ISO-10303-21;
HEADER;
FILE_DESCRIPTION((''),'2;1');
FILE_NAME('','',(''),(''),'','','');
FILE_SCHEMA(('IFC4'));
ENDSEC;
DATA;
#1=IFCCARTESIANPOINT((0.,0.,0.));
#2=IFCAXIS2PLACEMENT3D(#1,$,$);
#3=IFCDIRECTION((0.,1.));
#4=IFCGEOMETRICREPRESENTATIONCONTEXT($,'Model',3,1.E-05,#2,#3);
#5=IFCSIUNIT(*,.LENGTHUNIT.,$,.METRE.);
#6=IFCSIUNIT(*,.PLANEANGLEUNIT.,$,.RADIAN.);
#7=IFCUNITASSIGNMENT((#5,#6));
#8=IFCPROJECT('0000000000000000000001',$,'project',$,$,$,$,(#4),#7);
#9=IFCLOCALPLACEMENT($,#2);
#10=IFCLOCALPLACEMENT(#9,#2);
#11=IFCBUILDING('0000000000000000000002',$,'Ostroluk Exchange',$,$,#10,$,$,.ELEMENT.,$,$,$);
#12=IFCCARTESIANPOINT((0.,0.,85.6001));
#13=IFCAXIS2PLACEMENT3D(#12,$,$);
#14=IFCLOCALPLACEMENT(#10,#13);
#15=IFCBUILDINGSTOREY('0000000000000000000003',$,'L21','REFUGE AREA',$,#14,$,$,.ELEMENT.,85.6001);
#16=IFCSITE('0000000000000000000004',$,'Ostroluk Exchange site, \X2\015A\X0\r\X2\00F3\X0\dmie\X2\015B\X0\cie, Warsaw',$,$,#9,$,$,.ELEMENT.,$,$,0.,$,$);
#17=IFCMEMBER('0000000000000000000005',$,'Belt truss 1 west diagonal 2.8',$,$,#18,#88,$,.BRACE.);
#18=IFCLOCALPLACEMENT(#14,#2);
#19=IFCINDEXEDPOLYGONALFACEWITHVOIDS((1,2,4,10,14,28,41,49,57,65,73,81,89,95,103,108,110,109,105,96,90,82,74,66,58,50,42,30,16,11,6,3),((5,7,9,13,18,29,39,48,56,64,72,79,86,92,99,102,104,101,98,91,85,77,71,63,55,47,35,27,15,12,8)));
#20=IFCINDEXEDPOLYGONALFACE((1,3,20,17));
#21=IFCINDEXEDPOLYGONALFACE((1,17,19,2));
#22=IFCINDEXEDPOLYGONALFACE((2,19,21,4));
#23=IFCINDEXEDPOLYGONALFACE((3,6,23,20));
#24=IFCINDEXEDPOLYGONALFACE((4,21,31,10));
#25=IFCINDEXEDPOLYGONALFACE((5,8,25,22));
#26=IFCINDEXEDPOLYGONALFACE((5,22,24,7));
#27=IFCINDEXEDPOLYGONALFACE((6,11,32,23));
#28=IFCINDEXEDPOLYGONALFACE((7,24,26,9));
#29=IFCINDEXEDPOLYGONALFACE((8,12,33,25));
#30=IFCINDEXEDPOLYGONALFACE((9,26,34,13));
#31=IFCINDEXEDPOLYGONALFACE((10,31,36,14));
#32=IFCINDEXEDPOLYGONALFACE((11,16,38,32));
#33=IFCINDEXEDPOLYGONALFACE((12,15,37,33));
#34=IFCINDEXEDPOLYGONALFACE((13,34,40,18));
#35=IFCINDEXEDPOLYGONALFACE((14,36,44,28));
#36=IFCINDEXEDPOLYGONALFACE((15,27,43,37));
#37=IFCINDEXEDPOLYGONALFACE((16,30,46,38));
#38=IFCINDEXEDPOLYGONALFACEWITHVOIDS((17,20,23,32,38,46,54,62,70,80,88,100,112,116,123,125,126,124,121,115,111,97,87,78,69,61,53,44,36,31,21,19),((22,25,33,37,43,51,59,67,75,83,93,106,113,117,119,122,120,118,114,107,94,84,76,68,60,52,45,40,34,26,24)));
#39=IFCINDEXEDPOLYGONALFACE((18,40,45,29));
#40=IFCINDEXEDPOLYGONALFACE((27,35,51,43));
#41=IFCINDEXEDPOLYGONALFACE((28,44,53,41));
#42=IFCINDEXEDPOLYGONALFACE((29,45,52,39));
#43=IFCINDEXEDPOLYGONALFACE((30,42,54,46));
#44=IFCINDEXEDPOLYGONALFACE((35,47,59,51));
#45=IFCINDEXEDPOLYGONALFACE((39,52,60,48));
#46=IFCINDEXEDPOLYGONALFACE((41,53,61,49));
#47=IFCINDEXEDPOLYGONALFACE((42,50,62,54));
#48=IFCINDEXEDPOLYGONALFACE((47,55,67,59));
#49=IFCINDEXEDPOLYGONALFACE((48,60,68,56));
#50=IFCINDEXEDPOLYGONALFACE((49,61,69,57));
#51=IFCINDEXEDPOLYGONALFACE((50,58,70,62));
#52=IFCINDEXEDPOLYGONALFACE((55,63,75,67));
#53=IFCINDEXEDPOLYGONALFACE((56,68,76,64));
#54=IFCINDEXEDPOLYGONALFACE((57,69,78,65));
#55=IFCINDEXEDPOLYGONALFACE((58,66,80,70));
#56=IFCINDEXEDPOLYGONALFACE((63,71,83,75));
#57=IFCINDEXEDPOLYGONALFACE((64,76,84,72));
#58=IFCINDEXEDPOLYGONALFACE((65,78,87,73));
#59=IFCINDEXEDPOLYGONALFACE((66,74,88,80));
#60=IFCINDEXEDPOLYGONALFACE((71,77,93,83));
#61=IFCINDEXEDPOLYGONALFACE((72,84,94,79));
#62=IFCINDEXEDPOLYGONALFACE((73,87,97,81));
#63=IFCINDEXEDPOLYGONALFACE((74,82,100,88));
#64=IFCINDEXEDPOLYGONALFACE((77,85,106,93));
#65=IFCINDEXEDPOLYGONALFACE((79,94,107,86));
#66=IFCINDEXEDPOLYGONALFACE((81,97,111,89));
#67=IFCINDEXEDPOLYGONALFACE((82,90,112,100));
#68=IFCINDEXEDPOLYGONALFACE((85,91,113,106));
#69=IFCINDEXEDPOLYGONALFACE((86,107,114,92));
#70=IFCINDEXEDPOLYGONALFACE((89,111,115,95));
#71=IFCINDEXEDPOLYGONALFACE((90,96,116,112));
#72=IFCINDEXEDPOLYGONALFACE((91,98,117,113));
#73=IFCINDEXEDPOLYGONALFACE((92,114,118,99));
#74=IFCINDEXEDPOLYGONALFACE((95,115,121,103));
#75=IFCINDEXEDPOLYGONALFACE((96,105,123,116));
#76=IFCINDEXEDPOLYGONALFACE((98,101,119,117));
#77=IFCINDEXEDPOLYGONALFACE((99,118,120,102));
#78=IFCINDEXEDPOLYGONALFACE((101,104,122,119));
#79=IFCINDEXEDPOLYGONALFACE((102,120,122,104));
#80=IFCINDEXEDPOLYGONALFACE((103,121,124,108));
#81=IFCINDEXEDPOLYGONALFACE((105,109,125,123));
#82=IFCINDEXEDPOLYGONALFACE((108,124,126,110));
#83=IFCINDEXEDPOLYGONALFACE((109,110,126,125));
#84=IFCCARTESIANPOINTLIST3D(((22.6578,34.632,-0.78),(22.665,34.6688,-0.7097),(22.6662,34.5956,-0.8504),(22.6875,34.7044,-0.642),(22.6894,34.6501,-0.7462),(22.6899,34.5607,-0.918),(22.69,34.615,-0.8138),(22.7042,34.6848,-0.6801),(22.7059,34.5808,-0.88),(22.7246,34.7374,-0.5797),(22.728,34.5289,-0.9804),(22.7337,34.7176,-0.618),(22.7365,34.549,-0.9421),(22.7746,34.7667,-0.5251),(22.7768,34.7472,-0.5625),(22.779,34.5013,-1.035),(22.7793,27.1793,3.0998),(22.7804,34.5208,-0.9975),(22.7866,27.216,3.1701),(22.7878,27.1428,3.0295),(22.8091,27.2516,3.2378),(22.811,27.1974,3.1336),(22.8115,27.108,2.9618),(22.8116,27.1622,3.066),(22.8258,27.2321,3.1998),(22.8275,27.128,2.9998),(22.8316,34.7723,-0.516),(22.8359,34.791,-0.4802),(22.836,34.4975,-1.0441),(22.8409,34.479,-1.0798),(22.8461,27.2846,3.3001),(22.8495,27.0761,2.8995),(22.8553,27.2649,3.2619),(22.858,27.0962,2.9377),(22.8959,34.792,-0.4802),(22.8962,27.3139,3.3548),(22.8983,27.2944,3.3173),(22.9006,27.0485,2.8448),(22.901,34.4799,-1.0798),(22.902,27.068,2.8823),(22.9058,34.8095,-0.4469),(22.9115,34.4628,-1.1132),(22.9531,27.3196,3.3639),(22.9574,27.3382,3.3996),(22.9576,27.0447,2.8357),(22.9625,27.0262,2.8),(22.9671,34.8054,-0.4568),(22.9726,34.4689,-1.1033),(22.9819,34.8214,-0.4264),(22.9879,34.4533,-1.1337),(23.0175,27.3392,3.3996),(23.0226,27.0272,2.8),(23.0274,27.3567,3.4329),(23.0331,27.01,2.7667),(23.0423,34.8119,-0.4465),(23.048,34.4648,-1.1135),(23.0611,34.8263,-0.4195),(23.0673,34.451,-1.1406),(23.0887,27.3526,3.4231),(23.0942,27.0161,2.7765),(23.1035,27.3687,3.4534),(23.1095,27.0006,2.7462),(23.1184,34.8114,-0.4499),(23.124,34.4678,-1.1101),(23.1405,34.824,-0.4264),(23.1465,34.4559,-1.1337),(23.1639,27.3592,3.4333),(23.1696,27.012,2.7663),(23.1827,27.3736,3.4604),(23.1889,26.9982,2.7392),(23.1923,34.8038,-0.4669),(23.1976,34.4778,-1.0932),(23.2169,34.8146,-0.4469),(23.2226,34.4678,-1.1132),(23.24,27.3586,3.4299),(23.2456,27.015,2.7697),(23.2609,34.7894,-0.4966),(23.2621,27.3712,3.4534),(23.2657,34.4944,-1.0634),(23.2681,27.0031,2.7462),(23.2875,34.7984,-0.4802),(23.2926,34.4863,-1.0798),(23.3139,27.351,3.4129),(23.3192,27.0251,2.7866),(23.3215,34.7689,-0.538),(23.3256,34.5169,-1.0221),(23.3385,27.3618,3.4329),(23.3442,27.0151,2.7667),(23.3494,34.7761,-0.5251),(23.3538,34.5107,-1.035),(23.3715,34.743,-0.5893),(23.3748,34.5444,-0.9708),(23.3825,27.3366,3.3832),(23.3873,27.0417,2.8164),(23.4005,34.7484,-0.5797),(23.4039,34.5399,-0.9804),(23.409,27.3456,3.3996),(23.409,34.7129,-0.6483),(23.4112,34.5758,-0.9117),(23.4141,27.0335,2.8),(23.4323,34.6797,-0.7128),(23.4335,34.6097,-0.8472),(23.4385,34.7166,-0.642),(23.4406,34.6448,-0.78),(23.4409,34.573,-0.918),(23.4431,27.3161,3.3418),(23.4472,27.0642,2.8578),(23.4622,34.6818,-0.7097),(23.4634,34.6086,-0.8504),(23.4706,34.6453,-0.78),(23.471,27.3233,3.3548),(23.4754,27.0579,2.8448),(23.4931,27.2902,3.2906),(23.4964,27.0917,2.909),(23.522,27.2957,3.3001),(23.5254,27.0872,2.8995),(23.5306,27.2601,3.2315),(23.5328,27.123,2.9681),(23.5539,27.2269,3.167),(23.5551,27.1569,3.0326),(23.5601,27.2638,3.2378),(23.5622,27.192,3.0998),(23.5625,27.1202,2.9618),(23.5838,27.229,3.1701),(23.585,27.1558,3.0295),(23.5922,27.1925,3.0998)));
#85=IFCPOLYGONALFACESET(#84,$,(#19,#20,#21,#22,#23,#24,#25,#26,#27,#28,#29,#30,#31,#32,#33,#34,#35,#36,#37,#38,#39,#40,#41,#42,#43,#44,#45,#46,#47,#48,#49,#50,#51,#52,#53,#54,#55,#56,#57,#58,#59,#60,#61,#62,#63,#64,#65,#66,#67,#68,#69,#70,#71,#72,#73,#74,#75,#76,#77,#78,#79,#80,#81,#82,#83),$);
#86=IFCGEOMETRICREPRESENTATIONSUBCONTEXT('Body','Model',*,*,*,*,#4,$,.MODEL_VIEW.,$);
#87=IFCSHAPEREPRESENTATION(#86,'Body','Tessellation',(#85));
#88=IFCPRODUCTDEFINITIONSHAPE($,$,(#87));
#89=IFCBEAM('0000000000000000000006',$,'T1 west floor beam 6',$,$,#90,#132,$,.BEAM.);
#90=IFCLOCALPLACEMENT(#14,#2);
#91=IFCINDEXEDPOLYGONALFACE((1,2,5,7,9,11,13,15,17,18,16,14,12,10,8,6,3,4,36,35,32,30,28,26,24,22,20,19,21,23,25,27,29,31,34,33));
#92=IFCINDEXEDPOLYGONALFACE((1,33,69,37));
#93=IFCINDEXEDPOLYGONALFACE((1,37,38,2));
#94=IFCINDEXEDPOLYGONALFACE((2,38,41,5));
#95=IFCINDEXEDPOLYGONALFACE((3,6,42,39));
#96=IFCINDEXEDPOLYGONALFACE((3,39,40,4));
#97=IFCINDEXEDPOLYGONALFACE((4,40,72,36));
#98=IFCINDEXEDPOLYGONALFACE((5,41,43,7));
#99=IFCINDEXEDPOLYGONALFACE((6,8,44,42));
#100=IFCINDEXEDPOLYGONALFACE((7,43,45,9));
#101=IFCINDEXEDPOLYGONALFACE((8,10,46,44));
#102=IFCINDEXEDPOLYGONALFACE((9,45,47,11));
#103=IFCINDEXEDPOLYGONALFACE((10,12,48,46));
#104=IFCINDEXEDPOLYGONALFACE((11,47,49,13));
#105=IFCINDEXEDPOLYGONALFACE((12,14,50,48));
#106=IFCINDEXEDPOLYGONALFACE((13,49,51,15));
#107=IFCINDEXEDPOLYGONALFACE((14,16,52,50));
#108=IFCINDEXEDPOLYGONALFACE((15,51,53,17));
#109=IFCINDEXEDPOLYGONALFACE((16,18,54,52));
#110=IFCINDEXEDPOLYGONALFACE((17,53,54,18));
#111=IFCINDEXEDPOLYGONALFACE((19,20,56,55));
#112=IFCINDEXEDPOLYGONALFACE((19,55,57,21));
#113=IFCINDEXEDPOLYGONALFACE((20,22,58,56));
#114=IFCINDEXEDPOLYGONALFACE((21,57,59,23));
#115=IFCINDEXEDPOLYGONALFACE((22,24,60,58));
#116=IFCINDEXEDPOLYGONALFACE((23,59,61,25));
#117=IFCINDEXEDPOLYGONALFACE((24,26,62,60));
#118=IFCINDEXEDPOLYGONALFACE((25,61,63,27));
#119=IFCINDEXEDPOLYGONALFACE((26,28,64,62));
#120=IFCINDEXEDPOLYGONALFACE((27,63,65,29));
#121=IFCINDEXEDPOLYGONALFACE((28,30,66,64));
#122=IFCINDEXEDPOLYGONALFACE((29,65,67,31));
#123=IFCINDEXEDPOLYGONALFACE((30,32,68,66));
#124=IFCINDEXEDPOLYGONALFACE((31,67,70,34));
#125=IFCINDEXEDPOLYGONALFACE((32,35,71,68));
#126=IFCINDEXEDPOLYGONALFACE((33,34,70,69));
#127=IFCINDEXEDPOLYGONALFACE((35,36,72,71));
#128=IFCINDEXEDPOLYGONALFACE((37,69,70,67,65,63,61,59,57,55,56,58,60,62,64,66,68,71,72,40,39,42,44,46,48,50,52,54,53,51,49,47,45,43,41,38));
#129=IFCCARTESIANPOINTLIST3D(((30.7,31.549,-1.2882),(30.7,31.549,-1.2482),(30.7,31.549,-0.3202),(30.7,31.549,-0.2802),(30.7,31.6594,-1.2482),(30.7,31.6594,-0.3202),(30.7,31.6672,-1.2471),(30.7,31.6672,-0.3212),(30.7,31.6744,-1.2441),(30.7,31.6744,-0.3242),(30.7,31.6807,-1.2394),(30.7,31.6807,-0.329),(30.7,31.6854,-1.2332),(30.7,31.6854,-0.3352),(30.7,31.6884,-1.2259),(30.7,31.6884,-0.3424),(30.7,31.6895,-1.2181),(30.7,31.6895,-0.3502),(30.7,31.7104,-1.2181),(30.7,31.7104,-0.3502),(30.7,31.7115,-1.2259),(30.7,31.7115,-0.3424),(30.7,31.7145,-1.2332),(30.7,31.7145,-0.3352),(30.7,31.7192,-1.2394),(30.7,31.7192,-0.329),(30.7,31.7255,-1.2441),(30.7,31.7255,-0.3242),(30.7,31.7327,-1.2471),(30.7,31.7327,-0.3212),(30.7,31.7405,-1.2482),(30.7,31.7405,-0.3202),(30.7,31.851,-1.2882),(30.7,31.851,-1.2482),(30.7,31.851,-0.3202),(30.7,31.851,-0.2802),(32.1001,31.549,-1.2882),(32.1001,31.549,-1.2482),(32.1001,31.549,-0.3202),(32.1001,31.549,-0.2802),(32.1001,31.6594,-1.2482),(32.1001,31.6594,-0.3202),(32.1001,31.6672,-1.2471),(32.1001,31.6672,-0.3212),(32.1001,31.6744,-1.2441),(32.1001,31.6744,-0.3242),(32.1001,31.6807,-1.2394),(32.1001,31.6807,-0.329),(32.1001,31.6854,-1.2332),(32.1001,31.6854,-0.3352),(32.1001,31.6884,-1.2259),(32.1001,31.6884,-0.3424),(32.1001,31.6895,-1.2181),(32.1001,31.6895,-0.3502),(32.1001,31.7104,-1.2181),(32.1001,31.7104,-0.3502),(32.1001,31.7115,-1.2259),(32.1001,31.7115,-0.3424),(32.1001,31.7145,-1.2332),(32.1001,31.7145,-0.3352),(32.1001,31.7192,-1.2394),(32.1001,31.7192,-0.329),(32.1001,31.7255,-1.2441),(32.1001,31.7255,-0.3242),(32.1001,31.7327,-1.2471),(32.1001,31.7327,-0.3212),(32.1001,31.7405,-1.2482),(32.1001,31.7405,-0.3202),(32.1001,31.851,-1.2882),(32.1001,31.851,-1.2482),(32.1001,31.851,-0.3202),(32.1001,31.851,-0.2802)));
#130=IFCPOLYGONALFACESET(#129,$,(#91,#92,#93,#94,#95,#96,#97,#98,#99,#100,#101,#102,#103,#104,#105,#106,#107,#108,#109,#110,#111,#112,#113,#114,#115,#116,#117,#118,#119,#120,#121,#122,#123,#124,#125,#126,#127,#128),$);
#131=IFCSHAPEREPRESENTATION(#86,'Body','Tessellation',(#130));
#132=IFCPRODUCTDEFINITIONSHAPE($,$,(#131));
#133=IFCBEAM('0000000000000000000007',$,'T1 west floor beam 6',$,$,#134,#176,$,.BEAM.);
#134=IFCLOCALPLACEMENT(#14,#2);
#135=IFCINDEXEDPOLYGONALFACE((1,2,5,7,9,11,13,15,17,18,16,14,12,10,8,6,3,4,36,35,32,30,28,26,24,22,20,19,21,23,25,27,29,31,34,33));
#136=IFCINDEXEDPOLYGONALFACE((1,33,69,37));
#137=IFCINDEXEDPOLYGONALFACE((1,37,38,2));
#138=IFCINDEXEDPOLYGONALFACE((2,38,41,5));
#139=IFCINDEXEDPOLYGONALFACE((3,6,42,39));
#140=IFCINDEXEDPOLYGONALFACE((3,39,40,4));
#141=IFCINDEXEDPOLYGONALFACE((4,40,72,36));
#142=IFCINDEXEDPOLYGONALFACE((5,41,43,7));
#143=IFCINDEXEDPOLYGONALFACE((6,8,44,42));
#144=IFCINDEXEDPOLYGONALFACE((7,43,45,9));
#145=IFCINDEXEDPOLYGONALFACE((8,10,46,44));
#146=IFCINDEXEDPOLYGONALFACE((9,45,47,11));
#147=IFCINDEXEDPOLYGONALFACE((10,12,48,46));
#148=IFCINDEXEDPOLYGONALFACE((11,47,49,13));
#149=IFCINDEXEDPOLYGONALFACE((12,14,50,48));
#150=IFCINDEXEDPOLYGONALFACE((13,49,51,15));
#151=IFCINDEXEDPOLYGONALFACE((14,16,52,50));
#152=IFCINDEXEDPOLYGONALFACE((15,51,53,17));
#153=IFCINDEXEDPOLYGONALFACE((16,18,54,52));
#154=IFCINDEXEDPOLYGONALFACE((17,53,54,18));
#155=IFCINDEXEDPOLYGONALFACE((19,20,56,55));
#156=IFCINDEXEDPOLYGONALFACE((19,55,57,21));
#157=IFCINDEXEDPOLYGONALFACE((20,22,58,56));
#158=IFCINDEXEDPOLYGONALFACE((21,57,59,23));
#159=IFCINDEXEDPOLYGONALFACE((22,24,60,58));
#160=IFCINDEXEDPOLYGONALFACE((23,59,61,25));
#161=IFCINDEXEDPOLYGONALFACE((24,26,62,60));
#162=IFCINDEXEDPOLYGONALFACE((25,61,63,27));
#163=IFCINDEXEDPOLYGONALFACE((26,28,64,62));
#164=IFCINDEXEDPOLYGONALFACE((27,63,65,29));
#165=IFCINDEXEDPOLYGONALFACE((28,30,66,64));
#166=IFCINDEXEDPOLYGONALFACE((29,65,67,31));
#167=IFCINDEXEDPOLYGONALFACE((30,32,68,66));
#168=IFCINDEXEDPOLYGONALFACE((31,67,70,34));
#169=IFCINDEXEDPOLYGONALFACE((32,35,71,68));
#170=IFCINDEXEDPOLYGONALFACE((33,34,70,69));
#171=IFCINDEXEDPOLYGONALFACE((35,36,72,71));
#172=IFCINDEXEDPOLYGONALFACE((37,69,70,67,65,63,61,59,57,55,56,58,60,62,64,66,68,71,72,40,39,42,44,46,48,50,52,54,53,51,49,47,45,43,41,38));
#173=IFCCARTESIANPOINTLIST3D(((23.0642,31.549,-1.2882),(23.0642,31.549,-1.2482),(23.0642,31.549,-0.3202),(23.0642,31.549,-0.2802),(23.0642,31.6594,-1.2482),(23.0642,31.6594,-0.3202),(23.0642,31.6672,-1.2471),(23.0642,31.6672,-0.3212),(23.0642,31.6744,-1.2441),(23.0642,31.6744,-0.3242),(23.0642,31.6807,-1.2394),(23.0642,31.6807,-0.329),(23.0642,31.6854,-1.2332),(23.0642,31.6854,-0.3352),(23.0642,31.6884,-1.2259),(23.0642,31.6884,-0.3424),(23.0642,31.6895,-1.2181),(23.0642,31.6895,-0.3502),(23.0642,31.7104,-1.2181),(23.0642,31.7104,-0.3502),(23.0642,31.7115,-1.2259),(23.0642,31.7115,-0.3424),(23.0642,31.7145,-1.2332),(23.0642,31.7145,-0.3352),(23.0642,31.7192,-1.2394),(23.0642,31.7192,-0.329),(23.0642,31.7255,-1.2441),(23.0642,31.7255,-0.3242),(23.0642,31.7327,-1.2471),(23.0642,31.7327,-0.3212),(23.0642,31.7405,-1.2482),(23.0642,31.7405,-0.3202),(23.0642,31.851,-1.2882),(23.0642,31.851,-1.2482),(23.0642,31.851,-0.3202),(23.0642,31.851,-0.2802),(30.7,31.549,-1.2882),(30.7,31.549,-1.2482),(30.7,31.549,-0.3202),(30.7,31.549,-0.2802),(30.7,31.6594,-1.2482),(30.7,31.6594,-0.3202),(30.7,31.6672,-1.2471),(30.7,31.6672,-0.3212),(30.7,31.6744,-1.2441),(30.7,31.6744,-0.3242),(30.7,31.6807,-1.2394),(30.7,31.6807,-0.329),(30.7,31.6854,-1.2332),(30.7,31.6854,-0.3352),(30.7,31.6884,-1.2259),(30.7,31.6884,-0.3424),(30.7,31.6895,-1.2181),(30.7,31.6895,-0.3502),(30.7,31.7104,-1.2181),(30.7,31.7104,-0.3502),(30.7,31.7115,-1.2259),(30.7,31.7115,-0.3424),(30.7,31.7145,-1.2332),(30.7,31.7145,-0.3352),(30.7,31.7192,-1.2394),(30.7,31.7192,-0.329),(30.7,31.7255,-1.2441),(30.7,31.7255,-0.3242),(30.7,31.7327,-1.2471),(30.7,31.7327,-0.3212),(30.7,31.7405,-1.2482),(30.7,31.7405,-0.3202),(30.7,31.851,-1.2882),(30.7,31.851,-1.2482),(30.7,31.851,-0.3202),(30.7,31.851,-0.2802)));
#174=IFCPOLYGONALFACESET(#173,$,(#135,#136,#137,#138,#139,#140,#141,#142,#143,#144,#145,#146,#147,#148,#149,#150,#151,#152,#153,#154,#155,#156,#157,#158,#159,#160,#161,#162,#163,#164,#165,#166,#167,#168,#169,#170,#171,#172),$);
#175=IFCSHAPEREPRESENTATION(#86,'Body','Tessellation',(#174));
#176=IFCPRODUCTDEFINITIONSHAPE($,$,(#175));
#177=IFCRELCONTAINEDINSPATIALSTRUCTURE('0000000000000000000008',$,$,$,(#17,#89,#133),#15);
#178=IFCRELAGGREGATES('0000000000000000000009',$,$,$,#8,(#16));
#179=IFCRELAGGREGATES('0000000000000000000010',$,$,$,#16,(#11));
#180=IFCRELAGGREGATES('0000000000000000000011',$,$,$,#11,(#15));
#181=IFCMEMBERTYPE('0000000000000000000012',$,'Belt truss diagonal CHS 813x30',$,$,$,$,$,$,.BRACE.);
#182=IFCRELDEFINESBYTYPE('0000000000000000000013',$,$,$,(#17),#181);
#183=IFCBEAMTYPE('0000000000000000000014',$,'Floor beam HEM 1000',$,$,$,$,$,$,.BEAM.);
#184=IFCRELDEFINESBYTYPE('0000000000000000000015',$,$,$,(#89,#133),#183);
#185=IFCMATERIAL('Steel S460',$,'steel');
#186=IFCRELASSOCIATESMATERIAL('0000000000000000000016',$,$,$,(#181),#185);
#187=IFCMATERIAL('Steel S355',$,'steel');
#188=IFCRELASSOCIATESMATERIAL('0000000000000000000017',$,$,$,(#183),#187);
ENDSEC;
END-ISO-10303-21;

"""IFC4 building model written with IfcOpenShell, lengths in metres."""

from ifc_helpers import new_model, si_unit, direction, frame, origin, origin_2d, place, context, subcontext, project, spatial, hollow_circle, i_section, extrude, material, material_profile, profile_set, type_object, element, save


model = new_model("IFC4")

# Units and contexts
model_context = context("Model", 3, precision=1e-05, world=origin(), true_north=direction((0.0, 1.0)))
body_context = subcontext(model_context, "Body", "Model", "MODEL_VIEW")
ifc_project = project(units=[si_unit("LENGTHUNIT", "METRE"), si_unit("PLANEANGLEUNIT", "RADIAN")], contexts=[model_context])

# Site, building, storey
site_placement = place(None, origin())
site = spatial("IfcSite", under=ifc_project, at=site_placement, Name="Ostroluk Exchange site, Śródmieście, Warsaw", CompositionType="ELEMENT", RefElevation=0.0)
building_placement = place(site_placement, origin())
building = spatial("IfcBuilding", under=site, at=building_placement, Name="Ostroluk Exchange", CompositionType="ELEMENT")
storey_placement = place(building_placement, frame((0.0, 0.0, 85.6001)))
storey = spatial("IfcBuildingStorey", under=building, at=storey_placement, Name="L21", Description="REFUGE AREA", CompositionType="ELEMENT", Elevation=85.6001)

# Member
ifc_material_1 = material(Name="Steel S460", Category="steel")
ifc_material_profile_1 = material_profile(ifc_material_1, hollow_circle(Radius=0.4065, WallThickness=0.03, at=origin_2d()), Name="CHS 813x30")
ifc_profile_set_1 = profile_set([ifc_material_profile_1], Name="Steel S460")
member_type_1 = type_object("IfcMemberType", Name="Belt truss diagonal CHS 813x30", PredefinedType="BRACE", material=ifc_profile_set_1)
member_1_placement = place(storey_placement, frame((23.0642, 34.6387, -0.78), z_axis=(0.014469, -0.88691, 0.461715), x_axis=(0.999867, 0.016311, 0.0)))
element("IfcMember", 1, at=member_1_placement, inside=storey, type_object=member_type_1, Name="Belt truss 1 west diagonal 2.8", PredefinedType="BRACE", context=body_context, shape_type="SweptSolid", body=[
    extrude(hollow_circle(Radius=0.4065, WallThickness=0.03, at=origin_2d()), origin(), (0.0, 0.0, 1.0), 8.4031),
])

# Beams
ifc_material_2 = material(Name="Steel S355", Category="steel")
ifc_material_profile_2 = material_profile(ifc_material_2, i_section(OverallWidth=0.302, OverallDepth=1.0081, WebThickness=0.021, FlangeThickness=0.04, FilletRadius=0.03, at=origin_2d()), Name="HEM 1000")
ifc_profile_set_2 = profile_set([ifc_material_profile_2], Name="Steel S355")
beam_type_1 = type_object("IfcBeamType", Name="Floor beam HEM 1000", PredefinedType="BEAM", material=ifc_profile_set_2)
beam_1_placement = place(storey_placement, frame((32.1001, 31.7, -0.7842), z_axis=(-1.0, 0.0, 0.0), x_axis=(0.0, -1.0, 0.0)))
element("IfcBeam", 2, at=beam_1_placement, inside=storey, type_object=beam_type_1, Name="T1 west floor beam 6", PredefinedType="BEAM", context=body_context, shape_type="SweptSolid", body=[
    extrude(i_section(OverallWidth=0.302, OverallDepth=1.0081, WebThickness=0.021, FlangeThickness=0.04, FilletRadius=0.03, at=origin_2d()), origin(), (0.0, 0.0, 1.0), 1.4001),
])
beam_2_placement = place(storey_placement, frame((30.7, 31.7, -0.7842), z_axis=(-1.0, 0.0, 0.0), x_axis=(0.0, -1.0, 0.0)))
element("IfcBeam", 3, at=beam_2_placement, inside=storey, type_object=beam_type_1, Name="T1 west floor beam 6", PredefinedType="BEAM", context=body_context, shape_type="SweptSolid", body=[
    extrude(i_section(OverallWidth=0.302, OverallDepth=1.0081, WebThickness=0.021, FlangeThickness=0.04, FilletRadius=0.03, at=origin_2d()), origin(), (0.0, 0.0, 1.0), 7.6357),
])

save(model, "model.ifc")
